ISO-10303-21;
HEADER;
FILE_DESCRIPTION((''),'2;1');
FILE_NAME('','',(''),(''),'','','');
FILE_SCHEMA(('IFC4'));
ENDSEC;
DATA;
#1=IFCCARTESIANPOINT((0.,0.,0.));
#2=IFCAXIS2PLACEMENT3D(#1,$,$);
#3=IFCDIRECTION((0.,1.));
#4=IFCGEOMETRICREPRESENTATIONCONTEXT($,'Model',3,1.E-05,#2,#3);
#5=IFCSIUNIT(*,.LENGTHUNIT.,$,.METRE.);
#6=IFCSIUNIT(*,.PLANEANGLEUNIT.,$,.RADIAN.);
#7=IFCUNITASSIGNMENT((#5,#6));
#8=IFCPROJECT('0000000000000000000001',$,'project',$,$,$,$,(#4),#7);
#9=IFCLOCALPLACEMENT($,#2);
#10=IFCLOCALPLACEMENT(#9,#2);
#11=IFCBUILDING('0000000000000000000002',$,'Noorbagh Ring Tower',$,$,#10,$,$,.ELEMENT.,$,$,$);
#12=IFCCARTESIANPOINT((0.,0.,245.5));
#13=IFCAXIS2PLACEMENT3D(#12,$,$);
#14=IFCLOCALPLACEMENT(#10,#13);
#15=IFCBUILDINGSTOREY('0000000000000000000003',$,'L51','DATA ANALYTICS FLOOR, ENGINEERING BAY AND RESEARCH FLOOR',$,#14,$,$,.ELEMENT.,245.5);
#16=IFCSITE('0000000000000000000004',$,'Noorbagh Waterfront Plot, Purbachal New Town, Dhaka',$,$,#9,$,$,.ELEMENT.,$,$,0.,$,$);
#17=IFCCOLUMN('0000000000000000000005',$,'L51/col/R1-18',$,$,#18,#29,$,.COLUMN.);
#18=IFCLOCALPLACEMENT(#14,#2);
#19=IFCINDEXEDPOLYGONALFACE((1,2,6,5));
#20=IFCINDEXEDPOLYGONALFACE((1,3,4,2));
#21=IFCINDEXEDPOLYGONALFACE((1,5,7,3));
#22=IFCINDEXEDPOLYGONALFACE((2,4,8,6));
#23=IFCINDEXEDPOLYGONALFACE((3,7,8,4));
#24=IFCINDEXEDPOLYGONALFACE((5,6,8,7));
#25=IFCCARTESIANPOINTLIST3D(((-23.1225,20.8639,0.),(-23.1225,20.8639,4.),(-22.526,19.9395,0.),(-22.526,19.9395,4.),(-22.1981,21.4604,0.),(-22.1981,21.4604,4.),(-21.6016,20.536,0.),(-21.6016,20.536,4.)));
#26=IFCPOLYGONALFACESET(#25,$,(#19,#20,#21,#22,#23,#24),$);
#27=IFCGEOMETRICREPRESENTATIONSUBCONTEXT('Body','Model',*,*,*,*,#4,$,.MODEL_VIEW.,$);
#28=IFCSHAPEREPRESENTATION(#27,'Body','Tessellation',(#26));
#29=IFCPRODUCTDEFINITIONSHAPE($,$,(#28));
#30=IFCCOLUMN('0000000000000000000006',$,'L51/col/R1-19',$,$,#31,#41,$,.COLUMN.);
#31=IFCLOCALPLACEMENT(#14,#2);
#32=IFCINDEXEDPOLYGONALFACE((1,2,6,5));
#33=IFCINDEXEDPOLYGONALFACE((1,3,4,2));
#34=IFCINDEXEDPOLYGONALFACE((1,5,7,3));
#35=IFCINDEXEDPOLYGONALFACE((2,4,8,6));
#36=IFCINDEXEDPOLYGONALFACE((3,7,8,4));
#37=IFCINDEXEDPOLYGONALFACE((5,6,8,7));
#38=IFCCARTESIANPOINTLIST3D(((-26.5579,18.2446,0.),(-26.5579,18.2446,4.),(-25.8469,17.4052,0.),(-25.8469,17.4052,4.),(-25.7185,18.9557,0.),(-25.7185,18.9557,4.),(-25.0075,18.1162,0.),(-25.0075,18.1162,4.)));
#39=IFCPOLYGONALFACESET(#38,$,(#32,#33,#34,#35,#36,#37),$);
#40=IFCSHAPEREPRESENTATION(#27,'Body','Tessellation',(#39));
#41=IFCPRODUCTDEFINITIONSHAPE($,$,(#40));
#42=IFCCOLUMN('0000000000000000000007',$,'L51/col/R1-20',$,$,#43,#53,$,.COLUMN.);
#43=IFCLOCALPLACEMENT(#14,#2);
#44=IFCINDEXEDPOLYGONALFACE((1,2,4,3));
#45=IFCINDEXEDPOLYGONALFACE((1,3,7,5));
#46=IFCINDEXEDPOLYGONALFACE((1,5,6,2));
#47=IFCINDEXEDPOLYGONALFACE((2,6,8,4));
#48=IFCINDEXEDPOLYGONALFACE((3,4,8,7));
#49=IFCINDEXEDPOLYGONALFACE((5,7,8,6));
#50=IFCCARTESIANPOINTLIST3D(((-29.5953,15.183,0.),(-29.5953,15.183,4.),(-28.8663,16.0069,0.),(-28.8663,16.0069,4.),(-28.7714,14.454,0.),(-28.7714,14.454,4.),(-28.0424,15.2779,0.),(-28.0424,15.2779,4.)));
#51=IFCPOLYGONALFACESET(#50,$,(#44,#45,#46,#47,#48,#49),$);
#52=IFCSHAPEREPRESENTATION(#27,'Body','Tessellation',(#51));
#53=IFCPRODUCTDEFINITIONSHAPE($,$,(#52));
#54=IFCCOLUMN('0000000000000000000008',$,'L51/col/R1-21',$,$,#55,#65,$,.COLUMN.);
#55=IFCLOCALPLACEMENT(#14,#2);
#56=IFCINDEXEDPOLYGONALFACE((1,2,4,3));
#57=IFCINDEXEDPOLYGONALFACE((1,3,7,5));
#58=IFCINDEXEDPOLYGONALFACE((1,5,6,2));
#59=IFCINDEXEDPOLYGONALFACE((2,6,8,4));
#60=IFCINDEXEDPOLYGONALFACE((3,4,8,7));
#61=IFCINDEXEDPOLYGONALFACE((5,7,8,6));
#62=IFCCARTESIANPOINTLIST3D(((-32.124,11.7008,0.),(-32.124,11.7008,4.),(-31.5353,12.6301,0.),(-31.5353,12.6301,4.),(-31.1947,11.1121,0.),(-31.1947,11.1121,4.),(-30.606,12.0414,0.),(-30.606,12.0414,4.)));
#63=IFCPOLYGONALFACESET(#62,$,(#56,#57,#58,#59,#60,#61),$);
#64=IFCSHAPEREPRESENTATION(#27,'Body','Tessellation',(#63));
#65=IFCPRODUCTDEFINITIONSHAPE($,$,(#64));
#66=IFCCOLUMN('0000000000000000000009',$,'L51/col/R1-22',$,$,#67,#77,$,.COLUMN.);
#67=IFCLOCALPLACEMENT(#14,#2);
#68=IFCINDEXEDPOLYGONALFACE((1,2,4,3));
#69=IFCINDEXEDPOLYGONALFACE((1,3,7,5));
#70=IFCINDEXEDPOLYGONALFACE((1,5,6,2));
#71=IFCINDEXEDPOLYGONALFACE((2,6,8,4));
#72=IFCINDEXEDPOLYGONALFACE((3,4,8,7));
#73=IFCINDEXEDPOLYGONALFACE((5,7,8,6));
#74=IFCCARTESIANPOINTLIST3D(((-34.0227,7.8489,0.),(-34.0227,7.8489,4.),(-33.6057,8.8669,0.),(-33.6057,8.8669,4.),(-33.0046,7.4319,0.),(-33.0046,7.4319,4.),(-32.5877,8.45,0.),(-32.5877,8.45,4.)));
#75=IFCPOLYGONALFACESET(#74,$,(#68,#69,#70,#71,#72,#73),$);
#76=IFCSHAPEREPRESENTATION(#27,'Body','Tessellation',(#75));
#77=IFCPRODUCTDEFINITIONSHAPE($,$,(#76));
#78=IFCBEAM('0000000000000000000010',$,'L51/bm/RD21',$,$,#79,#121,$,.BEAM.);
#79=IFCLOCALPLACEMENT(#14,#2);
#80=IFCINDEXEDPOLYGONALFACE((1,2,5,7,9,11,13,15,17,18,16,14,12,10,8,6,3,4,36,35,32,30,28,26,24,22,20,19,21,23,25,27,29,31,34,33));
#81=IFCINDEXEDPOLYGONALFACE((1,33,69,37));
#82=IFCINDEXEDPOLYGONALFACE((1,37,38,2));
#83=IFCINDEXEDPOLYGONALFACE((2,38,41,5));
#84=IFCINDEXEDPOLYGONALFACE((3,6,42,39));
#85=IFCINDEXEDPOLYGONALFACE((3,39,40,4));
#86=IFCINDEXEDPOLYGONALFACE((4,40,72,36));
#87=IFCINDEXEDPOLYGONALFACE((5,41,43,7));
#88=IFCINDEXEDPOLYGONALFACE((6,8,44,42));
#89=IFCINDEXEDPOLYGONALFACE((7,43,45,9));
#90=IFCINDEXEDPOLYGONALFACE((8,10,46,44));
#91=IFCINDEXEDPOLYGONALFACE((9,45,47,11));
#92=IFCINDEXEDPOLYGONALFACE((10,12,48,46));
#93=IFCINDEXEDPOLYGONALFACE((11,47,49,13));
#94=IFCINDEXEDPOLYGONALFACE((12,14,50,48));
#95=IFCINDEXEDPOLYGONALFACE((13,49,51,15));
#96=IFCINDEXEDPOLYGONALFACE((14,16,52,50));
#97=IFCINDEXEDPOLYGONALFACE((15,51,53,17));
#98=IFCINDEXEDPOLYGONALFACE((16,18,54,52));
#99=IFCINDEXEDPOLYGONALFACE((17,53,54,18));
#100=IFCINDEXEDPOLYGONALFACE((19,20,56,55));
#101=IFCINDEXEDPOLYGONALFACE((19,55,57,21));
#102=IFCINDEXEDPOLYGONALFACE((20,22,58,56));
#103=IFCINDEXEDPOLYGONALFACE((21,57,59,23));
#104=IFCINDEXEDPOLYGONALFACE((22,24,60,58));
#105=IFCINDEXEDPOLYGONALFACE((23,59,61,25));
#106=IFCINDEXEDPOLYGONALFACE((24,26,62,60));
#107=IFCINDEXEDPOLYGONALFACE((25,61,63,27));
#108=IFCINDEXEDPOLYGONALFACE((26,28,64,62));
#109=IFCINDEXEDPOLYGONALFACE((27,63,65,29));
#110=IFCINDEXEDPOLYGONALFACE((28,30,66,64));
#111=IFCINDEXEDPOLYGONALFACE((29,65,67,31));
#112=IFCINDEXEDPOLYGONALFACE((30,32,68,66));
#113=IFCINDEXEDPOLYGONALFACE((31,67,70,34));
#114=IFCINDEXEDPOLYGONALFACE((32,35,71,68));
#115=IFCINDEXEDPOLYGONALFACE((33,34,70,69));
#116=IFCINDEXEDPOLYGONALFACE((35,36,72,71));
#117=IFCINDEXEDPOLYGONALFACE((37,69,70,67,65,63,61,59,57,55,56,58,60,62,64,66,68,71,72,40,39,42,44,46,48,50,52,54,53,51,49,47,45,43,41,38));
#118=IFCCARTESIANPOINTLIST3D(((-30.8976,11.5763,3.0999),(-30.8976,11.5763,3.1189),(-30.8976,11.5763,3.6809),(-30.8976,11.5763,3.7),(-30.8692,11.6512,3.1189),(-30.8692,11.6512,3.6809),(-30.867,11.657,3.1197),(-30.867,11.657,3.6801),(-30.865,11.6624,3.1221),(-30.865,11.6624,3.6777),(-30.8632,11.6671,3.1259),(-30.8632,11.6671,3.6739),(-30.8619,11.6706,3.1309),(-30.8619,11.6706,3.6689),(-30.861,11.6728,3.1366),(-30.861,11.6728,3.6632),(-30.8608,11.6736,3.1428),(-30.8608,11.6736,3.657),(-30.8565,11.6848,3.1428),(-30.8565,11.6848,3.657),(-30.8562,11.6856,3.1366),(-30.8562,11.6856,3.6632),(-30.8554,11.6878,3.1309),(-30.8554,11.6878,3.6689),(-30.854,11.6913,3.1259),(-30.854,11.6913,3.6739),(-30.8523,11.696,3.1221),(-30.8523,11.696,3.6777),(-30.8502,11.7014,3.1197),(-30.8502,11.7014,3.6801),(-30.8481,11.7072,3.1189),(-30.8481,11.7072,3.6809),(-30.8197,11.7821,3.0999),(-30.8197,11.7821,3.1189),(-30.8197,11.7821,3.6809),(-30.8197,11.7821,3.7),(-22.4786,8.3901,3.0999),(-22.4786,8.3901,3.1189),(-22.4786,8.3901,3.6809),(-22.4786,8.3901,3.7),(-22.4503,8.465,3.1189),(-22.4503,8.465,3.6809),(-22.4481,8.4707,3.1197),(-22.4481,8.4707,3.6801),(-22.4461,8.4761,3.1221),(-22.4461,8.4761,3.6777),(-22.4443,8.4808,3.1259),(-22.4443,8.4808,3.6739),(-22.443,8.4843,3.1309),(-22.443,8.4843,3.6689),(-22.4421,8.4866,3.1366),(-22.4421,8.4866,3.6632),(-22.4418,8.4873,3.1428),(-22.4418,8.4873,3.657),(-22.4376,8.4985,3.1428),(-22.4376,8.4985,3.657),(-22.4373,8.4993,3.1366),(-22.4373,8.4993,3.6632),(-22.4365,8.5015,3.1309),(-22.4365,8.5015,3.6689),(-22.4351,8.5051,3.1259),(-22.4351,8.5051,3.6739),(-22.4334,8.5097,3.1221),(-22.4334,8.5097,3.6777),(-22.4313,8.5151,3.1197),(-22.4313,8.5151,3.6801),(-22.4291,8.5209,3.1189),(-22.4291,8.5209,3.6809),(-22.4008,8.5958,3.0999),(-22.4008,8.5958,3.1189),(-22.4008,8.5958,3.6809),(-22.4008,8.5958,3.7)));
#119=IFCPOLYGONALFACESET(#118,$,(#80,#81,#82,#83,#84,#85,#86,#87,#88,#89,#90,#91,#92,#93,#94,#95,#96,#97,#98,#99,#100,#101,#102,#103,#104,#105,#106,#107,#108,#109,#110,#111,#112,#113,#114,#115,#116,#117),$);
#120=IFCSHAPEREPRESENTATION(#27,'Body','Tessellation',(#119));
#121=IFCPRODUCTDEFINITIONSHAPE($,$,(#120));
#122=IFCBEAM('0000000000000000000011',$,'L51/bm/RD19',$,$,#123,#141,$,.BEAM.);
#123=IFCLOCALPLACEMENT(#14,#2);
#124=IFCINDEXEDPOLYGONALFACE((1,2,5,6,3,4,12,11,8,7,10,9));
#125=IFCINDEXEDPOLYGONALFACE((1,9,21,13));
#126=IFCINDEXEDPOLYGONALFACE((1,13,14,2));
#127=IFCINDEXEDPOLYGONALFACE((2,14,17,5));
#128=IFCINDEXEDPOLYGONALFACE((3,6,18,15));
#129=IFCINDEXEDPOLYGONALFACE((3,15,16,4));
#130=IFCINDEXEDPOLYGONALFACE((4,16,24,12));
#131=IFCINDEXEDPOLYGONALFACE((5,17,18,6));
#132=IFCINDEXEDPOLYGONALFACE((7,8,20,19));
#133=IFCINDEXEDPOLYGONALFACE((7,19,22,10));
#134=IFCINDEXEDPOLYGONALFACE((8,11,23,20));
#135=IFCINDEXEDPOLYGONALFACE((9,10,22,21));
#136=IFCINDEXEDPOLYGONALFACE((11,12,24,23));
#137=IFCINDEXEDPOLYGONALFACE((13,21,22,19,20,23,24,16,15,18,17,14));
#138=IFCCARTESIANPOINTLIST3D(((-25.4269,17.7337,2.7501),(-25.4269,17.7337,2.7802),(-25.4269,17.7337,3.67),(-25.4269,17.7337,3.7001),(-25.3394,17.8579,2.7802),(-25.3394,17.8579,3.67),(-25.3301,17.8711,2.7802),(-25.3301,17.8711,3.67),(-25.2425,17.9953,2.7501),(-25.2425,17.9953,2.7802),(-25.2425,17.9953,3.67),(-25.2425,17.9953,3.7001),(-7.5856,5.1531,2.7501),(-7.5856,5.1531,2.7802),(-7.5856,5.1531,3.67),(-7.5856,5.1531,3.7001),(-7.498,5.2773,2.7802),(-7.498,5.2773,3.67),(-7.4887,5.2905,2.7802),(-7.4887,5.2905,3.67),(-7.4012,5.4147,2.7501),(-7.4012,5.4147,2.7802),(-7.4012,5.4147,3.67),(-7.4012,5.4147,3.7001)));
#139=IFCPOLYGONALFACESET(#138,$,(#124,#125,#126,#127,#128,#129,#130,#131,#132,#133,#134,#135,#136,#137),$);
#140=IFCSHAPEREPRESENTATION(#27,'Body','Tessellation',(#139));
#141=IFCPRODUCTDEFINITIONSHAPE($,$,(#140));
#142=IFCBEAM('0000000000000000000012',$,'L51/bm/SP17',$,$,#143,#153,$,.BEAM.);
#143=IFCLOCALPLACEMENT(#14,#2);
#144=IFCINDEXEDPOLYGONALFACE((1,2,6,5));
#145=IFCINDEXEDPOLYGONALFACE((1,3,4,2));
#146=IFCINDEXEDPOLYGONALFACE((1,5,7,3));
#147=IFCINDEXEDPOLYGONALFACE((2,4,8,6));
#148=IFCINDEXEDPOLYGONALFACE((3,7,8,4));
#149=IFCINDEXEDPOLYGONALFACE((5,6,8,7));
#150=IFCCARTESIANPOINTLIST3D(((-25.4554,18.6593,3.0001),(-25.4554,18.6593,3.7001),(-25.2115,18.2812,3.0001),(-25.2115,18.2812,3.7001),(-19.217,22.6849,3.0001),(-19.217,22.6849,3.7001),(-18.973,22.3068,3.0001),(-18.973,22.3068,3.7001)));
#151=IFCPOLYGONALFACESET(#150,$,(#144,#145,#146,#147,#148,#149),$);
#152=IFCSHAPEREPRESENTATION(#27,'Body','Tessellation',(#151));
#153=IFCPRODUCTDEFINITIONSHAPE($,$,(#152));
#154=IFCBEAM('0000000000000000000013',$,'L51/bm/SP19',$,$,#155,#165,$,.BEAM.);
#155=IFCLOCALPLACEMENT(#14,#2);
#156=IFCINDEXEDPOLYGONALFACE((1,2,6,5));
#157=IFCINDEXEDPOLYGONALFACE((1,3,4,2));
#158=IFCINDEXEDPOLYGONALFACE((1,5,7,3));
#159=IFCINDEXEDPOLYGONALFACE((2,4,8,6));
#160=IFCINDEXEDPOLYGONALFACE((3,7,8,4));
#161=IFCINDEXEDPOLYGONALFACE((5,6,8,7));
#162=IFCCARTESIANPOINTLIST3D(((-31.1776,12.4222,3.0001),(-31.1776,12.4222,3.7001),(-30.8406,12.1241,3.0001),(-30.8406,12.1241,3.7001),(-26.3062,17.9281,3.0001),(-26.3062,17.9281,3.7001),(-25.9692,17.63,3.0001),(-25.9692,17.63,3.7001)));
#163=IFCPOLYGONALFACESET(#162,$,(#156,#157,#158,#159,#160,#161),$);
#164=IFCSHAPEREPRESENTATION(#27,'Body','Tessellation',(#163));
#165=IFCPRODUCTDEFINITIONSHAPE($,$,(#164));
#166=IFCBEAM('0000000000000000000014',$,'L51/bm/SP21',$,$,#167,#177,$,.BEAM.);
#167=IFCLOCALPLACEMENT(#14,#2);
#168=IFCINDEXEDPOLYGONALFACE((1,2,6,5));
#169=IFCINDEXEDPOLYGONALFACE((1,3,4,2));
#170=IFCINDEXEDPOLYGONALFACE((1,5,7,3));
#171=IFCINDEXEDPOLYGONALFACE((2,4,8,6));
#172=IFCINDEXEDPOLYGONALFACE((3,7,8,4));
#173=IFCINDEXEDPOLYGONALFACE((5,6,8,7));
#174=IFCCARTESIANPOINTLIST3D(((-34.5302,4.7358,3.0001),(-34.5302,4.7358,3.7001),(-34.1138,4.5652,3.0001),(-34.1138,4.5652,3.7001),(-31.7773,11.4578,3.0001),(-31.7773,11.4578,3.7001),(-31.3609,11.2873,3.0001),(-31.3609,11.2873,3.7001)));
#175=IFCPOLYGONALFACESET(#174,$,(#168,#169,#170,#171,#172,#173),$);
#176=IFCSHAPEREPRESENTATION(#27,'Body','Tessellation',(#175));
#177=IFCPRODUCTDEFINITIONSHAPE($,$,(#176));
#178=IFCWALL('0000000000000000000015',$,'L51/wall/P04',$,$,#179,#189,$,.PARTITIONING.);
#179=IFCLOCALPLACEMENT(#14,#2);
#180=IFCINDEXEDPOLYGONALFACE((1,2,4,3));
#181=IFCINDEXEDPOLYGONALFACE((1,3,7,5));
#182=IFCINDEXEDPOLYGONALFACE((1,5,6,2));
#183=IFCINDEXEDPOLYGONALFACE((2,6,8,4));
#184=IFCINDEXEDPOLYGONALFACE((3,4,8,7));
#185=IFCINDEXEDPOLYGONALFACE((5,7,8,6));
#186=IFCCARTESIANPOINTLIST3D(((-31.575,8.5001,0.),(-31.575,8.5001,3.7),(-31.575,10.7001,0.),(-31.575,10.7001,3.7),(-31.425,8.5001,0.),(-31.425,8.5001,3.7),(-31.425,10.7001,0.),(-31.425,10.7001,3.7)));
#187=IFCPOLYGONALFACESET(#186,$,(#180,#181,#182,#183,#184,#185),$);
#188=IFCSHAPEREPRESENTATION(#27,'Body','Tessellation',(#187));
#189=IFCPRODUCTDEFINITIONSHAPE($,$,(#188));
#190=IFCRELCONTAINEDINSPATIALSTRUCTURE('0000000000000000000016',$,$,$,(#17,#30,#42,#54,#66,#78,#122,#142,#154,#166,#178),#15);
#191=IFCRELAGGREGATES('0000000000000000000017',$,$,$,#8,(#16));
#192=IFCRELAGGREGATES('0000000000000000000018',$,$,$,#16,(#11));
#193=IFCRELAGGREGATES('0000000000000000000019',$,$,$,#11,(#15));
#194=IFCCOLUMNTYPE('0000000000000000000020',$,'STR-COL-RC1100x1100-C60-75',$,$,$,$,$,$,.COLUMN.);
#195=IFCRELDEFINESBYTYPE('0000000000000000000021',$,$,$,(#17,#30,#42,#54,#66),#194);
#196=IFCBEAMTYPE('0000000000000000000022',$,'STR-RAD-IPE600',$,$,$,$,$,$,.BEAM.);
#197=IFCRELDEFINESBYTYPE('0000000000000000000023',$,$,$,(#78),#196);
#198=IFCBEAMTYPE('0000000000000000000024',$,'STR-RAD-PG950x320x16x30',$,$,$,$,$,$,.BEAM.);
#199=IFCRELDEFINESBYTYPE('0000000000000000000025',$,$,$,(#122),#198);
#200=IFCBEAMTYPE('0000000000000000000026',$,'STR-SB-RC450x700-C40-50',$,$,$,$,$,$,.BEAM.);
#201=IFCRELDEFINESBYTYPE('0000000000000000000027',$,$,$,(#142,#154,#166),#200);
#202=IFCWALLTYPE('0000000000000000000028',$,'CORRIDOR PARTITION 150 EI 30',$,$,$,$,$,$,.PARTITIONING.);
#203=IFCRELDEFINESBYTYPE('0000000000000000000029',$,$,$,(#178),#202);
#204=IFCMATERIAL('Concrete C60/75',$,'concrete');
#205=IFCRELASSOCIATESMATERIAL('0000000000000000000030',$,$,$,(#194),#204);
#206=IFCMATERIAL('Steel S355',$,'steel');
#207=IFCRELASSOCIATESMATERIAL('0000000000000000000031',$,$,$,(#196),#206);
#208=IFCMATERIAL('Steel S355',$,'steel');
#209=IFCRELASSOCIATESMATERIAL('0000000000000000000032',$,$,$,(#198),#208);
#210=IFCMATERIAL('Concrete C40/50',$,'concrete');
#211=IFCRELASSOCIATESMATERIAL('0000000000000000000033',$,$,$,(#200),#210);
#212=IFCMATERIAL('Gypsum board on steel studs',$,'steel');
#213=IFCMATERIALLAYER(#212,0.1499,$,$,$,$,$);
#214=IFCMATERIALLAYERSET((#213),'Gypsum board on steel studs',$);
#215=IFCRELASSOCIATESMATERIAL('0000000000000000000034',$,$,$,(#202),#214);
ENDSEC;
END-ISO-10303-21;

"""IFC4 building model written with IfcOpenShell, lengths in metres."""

from ifc_helpers import new_model, si_unit, direction, frame, frame_2d, origin, origin_2d, place, context, subcontext, project, spatial, rectangle, i_section, extrude, material, layer, layer_set, material_profile, profile_set, type_object, element, save


model = new_model("IFC4")

# Units and contexts
model_context = context("Model", 3, precision=1e-05, world=origin(), true_north=direction((0.0, 1.0)))
body_context = subcontext(model_context, "Body", "Model", "MODEL_VIEW")
ifc_project = project(units=[si_unit("LENGTHUNIT", "METRE"), si_unit("PLANEANGLEUNIT", "RADIAN")], contexts=[model_context])

# Site, building, storey
site_placement = place(None, origin())
site = spatial("IfcSite", under=ifc_project, at=site_placement, Name="Noorbagh Waterfront Plot, Purbachal New Town, Dhaka", CompositionType="ELEMENT", RefElevation=0.0)
building_placement = place(site_placement, origin())
building = spatial("IfcBuilding", under=site, at=building_placement, Name="Noorbagh Ring Tower", CompositionType="ELEMENT")
storey_placement = place(building_placement, frame((0.0, 0.0, 245.5)))
storey = spatial("IfcBuildingStorey", under=building, at=storey_placement, Name="L51", Description="DATA ANALYTICS FLOOR, ENGINEERING BAY AND RESEARCH FLOOR", CompositionType="ELEMENT", Elevation=245.5)

# Columns
ifc_material_1 = material(Name="Concrete C60/75", Category="concrete")
ifc_material_profile_1 = material_profile(ifc_material_1, rectangle(XDim=1.1001, YDim=1.1001, at=origin_2d()), Name="RC1100x1100")
ifc_profile_set_1 = profile_set([ifc_material_profile_1], Name="Concrete C60/75")
column_type = type_object("IfcColumnType", Name="STR-COL-RC1100x1100-C60-75", PredefinedType="COLUMN", material=ifc_profile_set_1)
for number, where, z_axis, x_axis, name in (
    (1, (-22.3621, 20.7, 0.0), (0.0, 0.0, 1.0), (-0.840248, -0.542203, 0.0), "L51/col/R1-18"),
    (2, (-25.7827, 18.1804, 0.0), (0.0, 0.0, 1.0), (-0.763035, -0.646357, 0.0), "L51/col/R1-19"),
    (3, (-28.8188, 15.2305, 0.0), (0.0, 0.0, 1.0), (-0.662636, -0.748942, 0.0), "L51/col/R1-20"),
    (4, (-31.365, 11.8711, 0.0), (0.0, 0.0, 1.0), (-0.53519, -0.844731, 0.0), "L51/col/R1-21"),
    (5, (-33.3052, 8.1494, 0.0), (0.0, 0.0, 1.0), (-0.378989, -0.925401, 0.0), "L51/col/R1-22"),
):
    element("IfcColumn", number, at=place(storey_placement, frame(where, z_axis=z_axis, x_axis=x_axis)), inside=storey, type_object=column_type, Name=name, PredefinedType="COLUMN", context=body_context, shape_type="SweptSolid", body=[
        extrude(rectangle(XDim=1.1001, YDim=1.1001, at=origin_2d()), origin(), (0.0, 0.0, 1.0), 4.0),
    ])

# Beams
ifc_material_2 = material(Name="Steel S355", Category="steel")
ifc_material_profile_2 = material_profile(ifc_material_2, i_section(OverallWidth=0.22, OverallDepth=0.6001, WebThickness=0.012, FlangeThickness=0.019, FilletRadius=0.0239, at=origin_2d()), Name="IPE600")
ifc_profile_set_2 = profile_set([ifc_material_profile_2], Name="Steel S355")
beam_type_1 = type_object("IfcBeamType", Name="STR-RAD-IPE600", PredefinedType="BEAM", material=ifc_profile_set_2)
beam_1_placement = place(storey_placement, frame((-30.8586, 11.6792, 3.3999), z_axis=(0.935259, -0.353963, 0.0), x_axis=(0.353963, 0.935259, 0.0)))
element("IfcBeam", 6, at=beam_1_placement, inside=storey, type_object=beam_type_1, Name="L51/bm/RD21", PredefinedType="BEAM", context=body_context, shape_type="SweptSolid", body=[
    extrude(i_section(OverallWidth=0.22, OverallDepth=0.6001, WebThickness=0.012, FlangeThickness=0.019, FilletRadius=0.0239, at=origin_2d()), origin(), (0.0, 0.0, 1.0), 9.0017),
])
ifc_material_3 = material(Name="Steel S355", Category="steel")
ifc_material_profile_3 = material_profile(ifc_material_3, i_section(OverallWidth=0.3201, OverallDepth=0.95, WebThickness=0.0161, FlangeThickness=0.03, at=origin_2d()), Name="PG950x320x16x30")
ifc_profile_set_3 = profile_set([ifc_material_profile_3], Name="Steel S355")
beam_type_2 = type_object("IfcBeamType", Name="STR-RAD-PG950x320x16x30", PredefinedType="BEAM", material=ifc_profile_set_3)
beam_2_placement = place(storey_placement, frame((-25.3347, 17.8645, 3.2251), z_axis=(0.817255, -0.576277, 0.0), x_axis=(0.576277, 0.817255, 0.0)))
element("IfcBeam", 7, at=beam_2_placement, inside=storey, type_object=beam_type_2, Name="L51/bm/RD19", PredefinedType="BEAM", context=body_context, shape_type="SweptSolid", body=[
    extrude(i_section(OverallWidth=0.3201, OverallDepth=0.95, WebThickness=0.0161, FlangeThickness=0.03, at=origin_2d()), origin(), (0.0, 0.0, 1.0), 21.8308),
])
ifc_material_4 = material(Name="Concrete C40/50", Category="concrete")
ifc_material_profile_4 = material_profile(ifc_material_4, rectangle(XDim=0.45, YDim=0.7, at=origin_2d()), Name="RC450x700")
ifc_profile_set_4 = profile_set([ifc_material_profile_4], Name="Concrete C40/50")
beam_type_3 = type_object("IfcBeamType", Name="STR-SB-RC450x700-C40-50", PredefinedType="BEAM", material=ifc_profile_set_4)
beam_3_placement = place(storey_placement, frame((-19.095, 22.4958, 3.3501), z_axis=(-0.840249, -0.542201, 0.0), x_axis=(0.542201, -0.840249, 0.0)))
element("IfcBeam", 8, at=beam_3_placement, inside=storey, type_object=beam_type_3, Name="L51/bm/SP17", PredefinedType="BEAM", context=body_context, shape_type="SweptSolid", body=[
    extrude(rectangle(XDim=0.45, YDim=0.7, at=origin_2d()), origin(), (0.0, 0.0, 1.0), 7.4246),
])
beam_4_placement = place(storey_placement, frame((-26.1377, 17.7791, 3.3501), z_axis=(-0.662633, -0.748945, 0.0), x_axis=(0.748945, -0.662633, 0.0)))
element("IfcBeam", 9, at=beam_4_placement, inside=storey, type_object=beam_type_3, Name="L51/bm/SP19", PredefinedType="BEAM", context=body_context, shape_type="SweptSolid", body=[
    extrude(rectangle(XDim=0.45, YDim=0.7, at=origin_2d()), origin(), (0.0, 0.0, 1.0), 7.3516),
])
beam_5_placement = place(storey_placement, frame((-31.5691, 11.3726, 3.3501), z_axis=(-0.378981, -0.925404, 0.0), x_axis=(0.925404, -0.378981, 0.0)))
element("IfcBeam", 10, at=beam_5_placement, inside=storey, type_object=beam_type_3, Name="L51/bm/SP21", PredefinedType="BEAM", context=body_context, shape_type="SweptSolid", body=[
    extrude(rectangle(XDim=0.45, YDim=0.7, at=origin_2d()), origin(), (0.0, 0.0, 1.0), 7.2639),
])

# Wall
ifc_material_5 = material(Name="Gypsum board on steel studs", Category="steel")
ifc_layer_1 = layer(ifc_material_5, 0.1499)
ifc_layer_set_1 = layer_set([ifc_layer_1], Name="Gypsum board on steel studs")
wall_type_1 = type_object("IfcWallType", Name="CORRIDOR PARTITION 150 EI 30", PredefinedType="PARTITIONING", material=ifc_layer_set_1)
wall_1_placement = place(storey_placement, frame((-31.5, 8.5, 0.0), z_axis=(0.0, 0.0, 1.0), x_axis=(0.0, 1.0, 0.0)))
element("IfcWall", 11, at=wall_1_placement, inside=storey, type_object=wall_type_1, Name="L51/wall/P04", PredefinedType="PARTITIONING", context=body_context, shape_type="SweptSolid", body=[
    extrude(rectangle(XDim=2.2, YDim=0.1499, at=frame_2d((1.1001, 0.0))), origin(), (0.0, 0.0, 1.0), 3.7),
])

save(model, "model.ifc")
